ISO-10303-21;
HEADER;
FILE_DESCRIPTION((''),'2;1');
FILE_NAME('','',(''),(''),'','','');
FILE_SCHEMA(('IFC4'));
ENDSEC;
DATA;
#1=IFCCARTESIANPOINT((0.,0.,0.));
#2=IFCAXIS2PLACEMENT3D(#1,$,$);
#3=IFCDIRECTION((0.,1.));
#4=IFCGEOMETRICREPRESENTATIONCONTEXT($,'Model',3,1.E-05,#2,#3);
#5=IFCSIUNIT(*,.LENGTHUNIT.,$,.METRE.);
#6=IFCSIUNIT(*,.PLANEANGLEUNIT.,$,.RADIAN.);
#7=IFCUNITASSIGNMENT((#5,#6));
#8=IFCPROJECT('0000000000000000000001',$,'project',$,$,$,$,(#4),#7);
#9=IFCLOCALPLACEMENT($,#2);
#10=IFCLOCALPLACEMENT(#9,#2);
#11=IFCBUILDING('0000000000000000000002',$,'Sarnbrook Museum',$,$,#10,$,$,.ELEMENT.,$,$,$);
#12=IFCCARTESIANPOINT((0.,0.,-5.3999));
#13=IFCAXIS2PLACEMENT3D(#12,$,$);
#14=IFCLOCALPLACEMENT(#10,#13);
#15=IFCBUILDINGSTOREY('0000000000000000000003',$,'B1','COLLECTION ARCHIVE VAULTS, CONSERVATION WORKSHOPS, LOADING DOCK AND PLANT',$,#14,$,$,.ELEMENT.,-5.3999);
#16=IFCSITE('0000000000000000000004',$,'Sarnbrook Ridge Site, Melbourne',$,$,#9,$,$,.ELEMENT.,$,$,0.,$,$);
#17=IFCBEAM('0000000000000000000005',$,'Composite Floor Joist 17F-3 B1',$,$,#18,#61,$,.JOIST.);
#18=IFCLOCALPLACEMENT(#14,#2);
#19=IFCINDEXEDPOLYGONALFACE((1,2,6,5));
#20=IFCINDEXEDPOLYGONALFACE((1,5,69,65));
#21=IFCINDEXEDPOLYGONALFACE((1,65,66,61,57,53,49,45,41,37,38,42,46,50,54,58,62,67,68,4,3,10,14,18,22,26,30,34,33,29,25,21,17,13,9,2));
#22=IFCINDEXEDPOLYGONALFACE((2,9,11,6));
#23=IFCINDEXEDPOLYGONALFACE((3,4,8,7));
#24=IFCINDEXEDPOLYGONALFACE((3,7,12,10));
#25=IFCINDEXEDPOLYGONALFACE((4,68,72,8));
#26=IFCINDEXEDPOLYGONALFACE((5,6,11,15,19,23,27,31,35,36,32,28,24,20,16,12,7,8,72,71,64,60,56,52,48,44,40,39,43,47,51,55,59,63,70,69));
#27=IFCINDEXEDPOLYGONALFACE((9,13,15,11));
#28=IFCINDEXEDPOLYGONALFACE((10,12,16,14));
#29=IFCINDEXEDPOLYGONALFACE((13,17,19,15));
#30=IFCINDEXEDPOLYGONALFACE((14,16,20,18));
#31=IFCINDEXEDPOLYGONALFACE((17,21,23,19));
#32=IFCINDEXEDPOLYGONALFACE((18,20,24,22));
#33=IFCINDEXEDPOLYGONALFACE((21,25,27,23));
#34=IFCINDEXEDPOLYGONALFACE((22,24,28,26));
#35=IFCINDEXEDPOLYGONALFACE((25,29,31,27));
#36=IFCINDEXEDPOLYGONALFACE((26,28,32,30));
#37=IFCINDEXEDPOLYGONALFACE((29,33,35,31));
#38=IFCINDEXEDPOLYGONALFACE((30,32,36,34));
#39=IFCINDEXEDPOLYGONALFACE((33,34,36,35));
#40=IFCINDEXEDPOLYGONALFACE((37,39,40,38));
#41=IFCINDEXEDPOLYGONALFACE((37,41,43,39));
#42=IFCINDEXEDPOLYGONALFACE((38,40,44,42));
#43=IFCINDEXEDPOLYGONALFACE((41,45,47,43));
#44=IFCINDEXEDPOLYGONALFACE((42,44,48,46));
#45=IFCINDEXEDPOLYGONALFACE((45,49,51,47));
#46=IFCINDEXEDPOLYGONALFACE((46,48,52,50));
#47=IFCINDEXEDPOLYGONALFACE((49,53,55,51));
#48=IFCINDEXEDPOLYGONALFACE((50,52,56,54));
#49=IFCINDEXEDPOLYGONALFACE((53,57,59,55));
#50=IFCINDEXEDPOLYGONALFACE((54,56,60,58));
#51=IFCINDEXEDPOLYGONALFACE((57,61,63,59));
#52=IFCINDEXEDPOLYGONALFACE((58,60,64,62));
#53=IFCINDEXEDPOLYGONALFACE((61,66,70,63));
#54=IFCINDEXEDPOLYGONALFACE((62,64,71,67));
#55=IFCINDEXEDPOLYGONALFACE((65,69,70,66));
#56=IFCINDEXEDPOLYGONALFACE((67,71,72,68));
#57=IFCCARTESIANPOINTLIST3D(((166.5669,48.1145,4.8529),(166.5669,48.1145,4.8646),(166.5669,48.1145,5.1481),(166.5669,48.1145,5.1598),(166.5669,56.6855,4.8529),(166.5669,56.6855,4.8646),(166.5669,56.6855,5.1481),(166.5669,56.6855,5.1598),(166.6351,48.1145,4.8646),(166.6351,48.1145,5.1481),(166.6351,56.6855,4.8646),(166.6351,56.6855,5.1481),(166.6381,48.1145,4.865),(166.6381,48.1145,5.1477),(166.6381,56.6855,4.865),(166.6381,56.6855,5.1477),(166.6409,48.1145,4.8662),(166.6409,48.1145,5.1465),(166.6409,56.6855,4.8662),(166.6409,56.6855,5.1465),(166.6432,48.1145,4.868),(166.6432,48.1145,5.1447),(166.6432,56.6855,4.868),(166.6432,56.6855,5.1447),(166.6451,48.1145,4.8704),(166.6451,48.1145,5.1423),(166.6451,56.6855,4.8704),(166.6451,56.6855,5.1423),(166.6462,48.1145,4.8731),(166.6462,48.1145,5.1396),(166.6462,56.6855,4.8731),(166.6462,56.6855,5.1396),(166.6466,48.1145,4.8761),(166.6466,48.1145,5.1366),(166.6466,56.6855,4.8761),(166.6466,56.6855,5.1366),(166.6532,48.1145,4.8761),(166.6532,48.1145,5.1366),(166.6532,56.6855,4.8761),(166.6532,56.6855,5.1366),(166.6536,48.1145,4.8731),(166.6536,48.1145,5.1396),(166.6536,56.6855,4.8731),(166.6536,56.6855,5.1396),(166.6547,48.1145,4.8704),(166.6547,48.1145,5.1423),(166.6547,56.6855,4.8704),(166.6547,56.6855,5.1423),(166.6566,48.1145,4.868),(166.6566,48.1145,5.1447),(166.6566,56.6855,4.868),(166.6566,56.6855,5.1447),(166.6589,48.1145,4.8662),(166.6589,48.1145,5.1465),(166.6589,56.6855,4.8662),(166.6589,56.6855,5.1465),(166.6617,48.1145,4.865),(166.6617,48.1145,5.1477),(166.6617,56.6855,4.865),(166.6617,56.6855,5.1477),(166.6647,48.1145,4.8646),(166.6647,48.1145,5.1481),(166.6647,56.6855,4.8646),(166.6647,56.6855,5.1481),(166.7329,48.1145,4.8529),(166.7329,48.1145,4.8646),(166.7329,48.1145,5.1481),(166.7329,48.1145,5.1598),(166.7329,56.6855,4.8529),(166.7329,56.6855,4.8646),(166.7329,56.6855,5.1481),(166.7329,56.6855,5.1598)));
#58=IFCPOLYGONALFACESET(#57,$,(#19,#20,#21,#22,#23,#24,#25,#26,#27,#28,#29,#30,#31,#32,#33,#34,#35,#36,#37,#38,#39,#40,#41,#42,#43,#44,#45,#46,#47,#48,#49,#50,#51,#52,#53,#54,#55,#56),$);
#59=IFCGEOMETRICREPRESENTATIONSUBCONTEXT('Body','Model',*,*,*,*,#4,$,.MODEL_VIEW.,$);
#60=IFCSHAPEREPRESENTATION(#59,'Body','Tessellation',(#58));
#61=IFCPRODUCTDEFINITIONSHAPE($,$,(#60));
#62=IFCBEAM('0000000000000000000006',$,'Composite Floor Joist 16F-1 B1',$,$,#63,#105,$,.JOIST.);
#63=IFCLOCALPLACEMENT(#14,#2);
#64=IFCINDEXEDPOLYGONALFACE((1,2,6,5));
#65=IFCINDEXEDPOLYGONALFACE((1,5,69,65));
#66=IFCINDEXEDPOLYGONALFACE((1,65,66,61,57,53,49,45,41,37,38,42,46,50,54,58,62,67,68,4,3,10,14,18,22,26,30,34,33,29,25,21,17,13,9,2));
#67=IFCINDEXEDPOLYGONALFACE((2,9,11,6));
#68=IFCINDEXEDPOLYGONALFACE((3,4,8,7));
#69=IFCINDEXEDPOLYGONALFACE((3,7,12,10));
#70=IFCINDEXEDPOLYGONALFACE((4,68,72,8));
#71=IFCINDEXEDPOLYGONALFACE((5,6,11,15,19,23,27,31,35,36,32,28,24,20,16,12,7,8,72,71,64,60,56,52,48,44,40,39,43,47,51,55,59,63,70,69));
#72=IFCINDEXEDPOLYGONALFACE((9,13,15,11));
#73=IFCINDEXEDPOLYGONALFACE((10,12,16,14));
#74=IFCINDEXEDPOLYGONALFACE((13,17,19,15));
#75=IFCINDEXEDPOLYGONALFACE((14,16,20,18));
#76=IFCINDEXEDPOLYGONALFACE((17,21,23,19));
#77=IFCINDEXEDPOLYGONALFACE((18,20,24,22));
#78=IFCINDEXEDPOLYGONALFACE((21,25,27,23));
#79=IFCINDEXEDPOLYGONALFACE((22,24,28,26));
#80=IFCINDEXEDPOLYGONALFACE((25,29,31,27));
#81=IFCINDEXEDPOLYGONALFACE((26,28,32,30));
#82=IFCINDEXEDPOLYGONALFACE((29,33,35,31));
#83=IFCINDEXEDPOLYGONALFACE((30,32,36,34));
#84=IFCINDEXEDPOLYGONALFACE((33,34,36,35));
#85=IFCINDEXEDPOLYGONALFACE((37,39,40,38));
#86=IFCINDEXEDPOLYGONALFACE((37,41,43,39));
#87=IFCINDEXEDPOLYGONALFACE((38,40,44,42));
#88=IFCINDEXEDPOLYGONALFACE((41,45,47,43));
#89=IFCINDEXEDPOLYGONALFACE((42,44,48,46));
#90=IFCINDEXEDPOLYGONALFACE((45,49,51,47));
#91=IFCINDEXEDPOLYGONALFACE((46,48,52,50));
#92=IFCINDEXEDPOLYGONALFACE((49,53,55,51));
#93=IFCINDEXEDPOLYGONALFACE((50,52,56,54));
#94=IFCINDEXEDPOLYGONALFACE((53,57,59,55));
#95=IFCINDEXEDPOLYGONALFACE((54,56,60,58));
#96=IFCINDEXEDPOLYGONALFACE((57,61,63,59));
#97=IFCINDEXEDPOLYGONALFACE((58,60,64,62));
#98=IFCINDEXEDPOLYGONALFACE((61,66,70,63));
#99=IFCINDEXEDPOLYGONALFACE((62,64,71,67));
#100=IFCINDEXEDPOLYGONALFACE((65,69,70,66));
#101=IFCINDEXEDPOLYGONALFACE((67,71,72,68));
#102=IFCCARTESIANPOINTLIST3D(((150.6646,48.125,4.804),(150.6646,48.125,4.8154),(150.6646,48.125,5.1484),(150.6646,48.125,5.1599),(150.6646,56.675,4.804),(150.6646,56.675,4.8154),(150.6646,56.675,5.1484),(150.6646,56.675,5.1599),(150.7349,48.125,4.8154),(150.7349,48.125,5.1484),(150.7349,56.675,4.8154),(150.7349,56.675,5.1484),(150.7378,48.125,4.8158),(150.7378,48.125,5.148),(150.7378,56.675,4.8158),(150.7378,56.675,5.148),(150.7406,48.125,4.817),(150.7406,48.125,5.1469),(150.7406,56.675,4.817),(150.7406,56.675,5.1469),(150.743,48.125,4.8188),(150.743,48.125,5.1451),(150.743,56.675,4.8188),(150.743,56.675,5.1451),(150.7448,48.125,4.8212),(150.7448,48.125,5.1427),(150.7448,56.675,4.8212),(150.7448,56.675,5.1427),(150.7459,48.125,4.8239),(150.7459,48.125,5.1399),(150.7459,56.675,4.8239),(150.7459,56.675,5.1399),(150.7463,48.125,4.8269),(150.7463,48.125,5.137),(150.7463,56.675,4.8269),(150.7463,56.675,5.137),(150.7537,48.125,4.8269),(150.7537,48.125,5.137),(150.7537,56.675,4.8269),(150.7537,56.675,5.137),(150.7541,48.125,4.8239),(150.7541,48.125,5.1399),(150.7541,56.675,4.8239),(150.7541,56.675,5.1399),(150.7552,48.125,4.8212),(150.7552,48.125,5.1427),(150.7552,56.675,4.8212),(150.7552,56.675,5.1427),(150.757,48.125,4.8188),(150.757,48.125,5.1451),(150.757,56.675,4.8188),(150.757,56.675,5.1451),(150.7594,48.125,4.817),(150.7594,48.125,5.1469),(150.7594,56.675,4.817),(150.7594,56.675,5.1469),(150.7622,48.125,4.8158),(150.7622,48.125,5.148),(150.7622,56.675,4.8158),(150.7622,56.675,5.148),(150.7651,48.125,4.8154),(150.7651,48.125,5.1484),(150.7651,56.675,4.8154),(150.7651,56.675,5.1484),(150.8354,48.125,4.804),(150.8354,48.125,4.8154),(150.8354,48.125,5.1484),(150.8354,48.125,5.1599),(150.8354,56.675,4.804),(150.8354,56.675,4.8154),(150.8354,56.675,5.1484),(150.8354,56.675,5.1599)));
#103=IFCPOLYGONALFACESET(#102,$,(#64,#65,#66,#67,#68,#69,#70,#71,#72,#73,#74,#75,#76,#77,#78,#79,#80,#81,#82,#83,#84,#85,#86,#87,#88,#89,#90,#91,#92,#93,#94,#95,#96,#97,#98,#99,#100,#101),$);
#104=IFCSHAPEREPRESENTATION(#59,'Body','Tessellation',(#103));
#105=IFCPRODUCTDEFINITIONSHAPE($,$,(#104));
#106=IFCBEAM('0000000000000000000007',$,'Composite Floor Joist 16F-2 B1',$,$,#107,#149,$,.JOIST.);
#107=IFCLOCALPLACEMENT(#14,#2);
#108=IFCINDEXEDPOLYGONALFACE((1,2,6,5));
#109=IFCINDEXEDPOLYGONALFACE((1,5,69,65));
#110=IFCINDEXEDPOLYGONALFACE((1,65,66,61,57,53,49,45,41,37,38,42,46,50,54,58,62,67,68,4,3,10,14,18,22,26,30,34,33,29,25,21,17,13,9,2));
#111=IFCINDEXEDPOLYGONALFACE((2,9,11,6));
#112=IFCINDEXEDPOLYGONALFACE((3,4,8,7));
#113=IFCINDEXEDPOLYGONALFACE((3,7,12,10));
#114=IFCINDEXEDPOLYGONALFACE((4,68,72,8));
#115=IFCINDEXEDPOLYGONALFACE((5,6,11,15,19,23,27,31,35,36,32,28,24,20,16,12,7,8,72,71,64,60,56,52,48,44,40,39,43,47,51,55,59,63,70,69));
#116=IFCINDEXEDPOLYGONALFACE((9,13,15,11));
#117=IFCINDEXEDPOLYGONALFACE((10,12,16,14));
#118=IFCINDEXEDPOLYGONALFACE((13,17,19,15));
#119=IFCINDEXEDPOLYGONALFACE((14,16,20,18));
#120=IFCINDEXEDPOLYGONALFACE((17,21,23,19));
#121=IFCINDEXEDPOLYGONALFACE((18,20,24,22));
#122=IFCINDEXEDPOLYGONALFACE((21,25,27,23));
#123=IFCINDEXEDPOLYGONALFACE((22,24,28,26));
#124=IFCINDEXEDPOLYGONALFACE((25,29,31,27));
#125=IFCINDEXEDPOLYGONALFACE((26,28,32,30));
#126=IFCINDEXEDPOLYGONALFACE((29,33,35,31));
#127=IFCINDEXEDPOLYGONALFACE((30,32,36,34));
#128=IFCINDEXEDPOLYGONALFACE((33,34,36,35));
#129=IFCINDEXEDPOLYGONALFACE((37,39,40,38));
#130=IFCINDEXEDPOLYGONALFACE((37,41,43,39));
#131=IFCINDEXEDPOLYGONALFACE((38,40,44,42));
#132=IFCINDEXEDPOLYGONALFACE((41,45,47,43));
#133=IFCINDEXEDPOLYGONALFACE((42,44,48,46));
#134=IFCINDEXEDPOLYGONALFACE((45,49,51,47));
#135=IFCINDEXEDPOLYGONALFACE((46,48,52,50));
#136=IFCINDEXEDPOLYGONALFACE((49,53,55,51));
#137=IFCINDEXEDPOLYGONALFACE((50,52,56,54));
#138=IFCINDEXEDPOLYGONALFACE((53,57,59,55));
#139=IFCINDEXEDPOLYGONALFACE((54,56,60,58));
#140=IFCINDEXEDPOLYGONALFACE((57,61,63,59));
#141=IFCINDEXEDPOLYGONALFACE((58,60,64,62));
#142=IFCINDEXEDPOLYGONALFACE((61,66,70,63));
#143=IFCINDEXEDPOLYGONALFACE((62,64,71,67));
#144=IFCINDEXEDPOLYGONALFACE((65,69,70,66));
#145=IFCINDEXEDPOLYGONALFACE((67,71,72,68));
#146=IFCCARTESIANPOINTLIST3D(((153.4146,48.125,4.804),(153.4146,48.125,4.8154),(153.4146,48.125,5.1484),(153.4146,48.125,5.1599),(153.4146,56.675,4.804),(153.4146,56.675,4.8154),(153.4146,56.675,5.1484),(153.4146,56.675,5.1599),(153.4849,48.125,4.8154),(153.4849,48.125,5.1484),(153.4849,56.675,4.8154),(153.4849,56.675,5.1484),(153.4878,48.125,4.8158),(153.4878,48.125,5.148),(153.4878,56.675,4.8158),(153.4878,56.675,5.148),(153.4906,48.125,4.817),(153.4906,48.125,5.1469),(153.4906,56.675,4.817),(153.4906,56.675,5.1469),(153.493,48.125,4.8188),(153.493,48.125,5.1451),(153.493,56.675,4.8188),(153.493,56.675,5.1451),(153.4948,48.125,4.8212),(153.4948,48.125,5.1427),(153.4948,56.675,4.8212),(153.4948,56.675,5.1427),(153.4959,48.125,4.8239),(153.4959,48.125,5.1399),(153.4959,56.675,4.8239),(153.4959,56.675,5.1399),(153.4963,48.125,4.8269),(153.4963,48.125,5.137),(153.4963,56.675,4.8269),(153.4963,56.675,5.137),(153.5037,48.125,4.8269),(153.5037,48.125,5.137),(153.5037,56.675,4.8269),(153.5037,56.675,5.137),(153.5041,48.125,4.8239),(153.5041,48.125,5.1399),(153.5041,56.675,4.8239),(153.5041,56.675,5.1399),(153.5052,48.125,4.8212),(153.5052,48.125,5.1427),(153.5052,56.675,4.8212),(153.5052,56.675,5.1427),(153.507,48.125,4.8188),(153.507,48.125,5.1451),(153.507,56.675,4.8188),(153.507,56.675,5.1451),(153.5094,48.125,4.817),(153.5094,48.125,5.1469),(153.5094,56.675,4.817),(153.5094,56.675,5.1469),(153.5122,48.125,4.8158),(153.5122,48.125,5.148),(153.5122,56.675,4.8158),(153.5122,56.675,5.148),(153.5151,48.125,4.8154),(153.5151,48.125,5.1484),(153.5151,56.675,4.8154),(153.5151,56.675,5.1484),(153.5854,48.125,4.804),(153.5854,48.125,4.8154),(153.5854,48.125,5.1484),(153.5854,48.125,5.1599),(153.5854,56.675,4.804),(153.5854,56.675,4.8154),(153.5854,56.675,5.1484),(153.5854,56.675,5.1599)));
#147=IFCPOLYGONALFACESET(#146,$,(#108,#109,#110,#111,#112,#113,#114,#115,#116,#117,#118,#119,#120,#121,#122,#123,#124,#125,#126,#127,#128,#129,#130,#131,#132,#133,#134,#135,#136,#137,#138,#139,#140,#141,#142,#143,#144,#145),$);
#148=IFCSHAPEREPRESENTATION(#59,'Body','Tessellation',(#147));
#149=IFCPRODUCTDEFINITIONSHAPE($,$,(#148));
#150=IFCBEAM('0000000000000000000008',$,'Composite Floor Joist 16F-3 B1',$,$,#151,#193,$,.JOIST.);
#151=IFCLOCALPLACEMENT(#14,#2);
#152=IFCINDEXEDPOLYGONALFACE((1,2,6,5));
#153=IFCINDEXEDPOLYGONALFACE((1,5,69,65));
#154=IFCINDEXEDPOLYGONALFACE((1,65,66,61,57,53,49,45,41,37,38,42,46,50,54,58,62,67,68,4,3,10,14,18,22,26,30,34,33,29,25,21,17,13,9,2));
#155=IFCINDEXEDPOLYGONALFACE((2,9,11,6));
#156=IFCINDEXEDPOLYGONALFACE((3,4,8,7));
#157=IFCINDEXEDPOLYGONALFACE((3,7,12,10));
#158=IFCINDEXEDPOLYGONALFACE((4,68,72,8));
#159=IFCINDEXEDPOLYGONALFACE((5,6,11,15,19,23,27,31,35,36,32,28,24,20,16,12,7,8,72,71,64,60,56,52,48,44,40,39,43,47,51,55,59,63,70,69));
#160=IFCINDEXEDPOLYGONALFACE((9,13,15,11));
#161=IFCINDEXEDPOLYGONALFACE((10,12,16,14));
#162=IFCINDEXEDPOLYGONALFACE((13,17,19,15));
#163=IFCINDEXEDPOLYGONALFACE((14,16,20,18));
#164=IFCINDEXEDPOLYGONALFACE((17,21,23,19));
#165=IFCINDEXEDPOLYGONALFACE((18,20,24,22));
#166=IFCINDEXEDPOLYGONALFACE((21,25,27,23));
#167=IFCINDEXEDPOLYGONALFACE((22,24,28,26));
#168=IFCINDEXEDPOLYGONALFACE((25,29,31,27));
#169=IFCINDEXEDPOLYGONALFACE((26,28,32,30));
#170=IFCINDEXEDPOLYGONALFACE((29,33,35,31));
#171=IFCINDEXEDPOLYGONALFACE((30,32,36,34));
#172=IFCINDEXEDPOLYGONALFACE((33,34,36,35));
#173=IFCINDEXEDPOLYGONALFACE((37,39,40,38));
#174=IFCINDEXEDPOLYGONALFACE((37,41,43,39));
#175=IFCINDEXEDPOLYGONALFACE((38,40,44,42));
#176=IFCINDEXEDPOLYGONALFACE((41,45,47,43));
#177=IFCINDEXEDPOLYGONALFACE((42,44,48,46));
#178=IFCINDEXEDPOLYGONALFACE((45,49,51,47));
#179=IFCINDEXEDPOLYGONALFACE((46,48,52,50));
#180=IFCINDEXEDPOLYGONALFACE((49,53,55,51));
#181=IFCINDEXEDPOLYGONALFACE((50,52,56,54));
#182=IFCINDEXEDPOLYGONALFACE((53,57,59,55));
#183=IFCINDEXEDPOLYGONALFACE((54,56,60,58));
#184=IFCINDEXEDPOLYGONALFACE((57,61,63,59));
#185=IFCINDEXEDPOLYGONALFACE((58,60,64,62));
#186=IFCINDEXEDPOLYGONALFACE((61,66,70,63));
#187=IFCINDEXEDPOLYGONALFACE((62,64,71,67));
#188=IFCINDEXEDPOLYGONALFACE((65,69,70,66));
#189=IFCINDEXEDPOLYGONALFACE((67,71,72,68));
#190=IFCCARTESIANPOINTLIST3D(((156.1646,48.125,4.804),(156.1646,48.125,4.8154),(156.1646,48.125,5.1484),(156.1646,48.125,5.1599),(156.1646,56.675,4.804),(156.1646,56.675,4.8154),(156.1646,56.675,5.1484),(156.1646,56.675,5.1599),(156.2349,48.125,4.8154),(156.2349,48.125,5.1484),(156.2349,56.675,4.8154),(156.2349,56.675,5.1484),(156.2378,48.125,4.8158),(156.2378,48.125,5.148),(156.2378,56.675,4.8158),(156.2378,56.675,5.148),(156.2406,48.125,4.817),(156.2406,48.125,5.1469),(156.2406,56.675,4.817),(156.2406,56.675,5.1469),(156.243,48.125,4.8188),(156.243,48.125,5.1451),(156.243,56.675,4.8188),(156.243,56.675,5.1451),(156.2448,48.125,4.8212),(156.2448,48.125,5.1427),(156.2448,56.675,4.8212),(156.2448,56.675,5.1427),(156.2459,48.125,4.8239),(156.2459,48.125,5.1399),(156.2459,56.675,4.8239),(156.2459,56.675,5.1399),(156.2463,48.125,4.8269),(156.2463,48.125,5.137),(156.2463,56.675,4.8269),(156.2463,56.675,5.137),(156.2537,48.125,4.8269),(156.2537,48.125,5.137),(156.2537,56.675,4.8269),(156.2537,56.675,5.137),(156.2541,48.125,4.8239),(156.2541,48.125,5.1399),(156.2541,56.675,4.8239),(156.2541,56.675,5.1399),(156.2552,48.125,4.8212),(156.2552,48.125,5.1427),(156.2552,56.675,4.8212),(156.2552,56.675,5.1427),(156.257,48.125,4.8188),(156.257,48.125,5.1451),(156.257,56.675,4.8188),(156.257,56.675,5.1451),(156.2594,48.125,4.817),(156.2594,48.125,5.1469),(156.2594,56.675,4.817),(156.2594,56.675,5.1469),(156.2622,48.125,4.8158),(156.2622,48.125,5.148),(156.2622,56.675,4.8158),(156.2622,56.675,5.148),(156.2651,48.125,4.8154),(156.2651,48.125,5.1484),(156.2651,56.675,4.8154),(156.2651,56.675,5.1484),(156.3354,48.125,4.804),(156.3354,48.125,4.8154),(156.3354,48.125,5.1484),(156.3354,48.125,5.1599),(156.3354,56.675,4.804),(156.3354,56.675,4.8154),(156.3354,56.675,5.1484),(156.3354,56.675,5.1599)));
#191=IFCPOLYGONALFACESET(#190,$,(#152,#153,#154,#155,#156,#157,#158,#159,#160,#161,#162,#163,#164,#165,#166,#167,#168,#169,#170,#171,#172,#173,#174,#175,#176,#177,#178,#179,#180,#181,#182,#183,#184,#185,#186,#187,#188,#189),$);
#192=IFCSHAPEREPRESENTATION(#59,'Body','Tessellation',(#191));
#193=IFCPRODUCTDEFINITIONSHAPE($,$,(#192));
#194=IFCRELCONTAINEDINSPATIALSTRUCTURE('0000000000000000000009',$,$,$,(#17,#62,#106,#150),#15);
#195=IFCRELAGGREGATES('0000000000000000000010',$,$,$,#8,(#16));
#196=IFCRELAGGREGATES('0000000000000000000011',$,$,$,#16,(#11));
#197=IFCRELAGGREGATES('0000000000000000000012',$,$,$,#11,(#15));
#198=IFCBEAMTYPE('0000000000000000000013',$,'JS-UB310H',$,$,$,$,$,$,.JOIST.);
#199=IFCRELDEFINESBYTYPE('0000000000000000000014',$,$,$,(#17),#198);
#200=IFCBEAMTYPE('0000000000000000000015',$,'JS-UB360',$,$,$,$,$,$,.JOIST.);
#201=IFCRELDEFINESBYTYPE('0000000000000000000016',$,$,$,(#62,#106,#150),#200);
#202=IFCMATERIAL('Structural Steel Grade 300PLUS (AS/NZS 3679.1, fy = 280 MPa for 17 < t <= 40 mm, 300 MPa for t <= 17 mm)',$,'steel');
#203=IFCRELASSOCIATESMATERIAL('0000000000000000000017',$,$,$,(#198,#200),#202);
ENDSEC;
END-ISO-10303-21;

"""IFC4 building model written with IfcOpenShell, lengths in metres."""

from ifc_helpers import new_model, si_unit, direction, frame, origin, origin_2d, place, context, subcontext, project, spatial, i_section, extrude, material, material_profile, profile_set, type_object, element, save


model = new_model("IFC4")

# Units and contexts
model_context = context("Model", 3, precision=1e-05, world=origin(), true_north=direction((0.0, 1.0)))
body_context = subcontext(model_context, "Body", "Model", "MODEL_VIEW")
ifc_project = project(units=[si_unit("LENGTHUNIT", "METRE"), si_unit("PLANEANGLEUNIT", "RADIAN")], contexts=[model_context])

# Site, building, storey
site_placement = place(None, origin())
site = spatial("IfcSite", under=ifc_project, at=site_placement, Name="Sarnbrook Ridge Site, Melbourne", CompositionType="ELEMENT", RefElevation=0.0)
building_placement = place(site_placement, origin())
building = spatial("IfcBuilding", under=site, at=building_placement, Name="Sarnbrook Museum", CompositionType="ELEMENT")
storey_placement = place(building_placement, frame((0.0, 0.0, -5.3999)))
storey = spatial("IfcBuildingStorey", under=building, at=storey_placement, Name="B1", Description="COLLECTION ARCHIVE VAULTS, CONSERVATION WORKSHOPS, LOADING DOCK AND PLANT", CompositionType="ELEMENT", Elevation=-5.3999)

# Beams
ifc_material_1 = material(Name="Structural Steel Grade 300PLUS (AS/NZS 3679.1, fy = 280 MPa for 17 < t <= 40 mm, 300 MPa for t <= 17 mm)", Category="steel")
ifc_material_profile_1 = material_profile(ifc_material_1, i_section(OverallWidth=0.166, OverallDepth=0.3069, WebThickness=0.0066, FlangeThickness=0.0117, FilletRadius=0.0115, at=origin_2d()), Name="310UB46.2")
ifc_profile_set_1 = profile_set([ifc_material_profile_1], Name="Structural Steel Grade 300PLUS (AS/NZS 3679.1, fy = 280 MPa for 17 < t <= 40 mm, 300 MPa for t <= 17 mm)")
beam_type_1 = type_object("IfcBeamType", Name="JS-UB310H", PredefinedType="JOIST", material=ifc_profile_set_1)
for number, where, z_axis, x_axis, name in (
    (1, (166.6499, 48.1145, 5.0063), (0.0, 1.0, 0.0), (-1.0, 0.0, 0.0), "Composite Floor Joist 17F-3 B1"),
):
    element("IfcBeam", number, at=place(storey_placement, frame(where, z_axis=z_axis, x_axis=x_axis)), inside=storey, type_object=beam_type_1, Name=name, PredefinedType="JOIST", context=body_context, shape_type="SweptSolid", body=[
        extrude(i_section(OverallWidth=0.166, OverallDepth=0.3069, WebThickness=0.0066, FlangeThickness=0.0117, FilletRadius=0.0115, at=origin_2d()), origin(), (0.0, 0.0, 1.0), 8.571),
    ])
ifc_material_profile_2 = material_profile(ifc_material_1, i_section(OverallWidth=0.1709, OverallDepth=0.356, WebThickness=0.0073, FlangeThickness=0.0115, FilletRadius=0.0115, at=origin_2d()), Name="360UB50.7")
ifc_profile_set_2 = profile_set([ifc_material_profile_2], Name="Structural Steel Grade 300PLUS (AS/NZS 3679.1, fy = 280 MPa for 17 < t <= 40 mm, 300 MPa for t <= 17 mm)")
beam_type_2 = type_object("IfcBeamType", Name="JS-UB360", PredefinedType="JOIST", material=ifc_profile_set_2)
for number, where, z_axis, x_axis, name in (
    (2, (150.75, 48.125, 4.9819), (0.0, 1.0, 0.0), (-1.0, 0.0, 0.0), "Composite Floor Joist 16F-1 B1"),
    (3, (153.5, 48.125, 4.9819), (0.0, 1.0, 0.0), (-1.0, 0.0, 0.0), "Composite Floor Joist 16F-2 B1"),
    (4, (156.25, 48.125, 4.9819), (0.0, 1.0, 0.0), (-1.0, 0.0, 0.0), "Composite Floor Joist 16F-3 B1"),
):
    element("IfcBeam", number, at=place(storey_placement, frame(where, z_axis=z_axis, x_axis=x_axis)), inside=storey, type_object=beam_type_2, Name=name, PredefinedType="JOIST", context=body_context, shape_type="SweptSolid", body=[
        extrude(i_section(OverallWidth=0.1709, OverallDepth=0.356, WebThickness=0.0073, FlangeThickness=0.0115, FilletRadius=0.0115, at=origin_2d()), origin(), (0.0, 0.0, 1.0), 8.55),
    ])

save(model, "model.ifc")
